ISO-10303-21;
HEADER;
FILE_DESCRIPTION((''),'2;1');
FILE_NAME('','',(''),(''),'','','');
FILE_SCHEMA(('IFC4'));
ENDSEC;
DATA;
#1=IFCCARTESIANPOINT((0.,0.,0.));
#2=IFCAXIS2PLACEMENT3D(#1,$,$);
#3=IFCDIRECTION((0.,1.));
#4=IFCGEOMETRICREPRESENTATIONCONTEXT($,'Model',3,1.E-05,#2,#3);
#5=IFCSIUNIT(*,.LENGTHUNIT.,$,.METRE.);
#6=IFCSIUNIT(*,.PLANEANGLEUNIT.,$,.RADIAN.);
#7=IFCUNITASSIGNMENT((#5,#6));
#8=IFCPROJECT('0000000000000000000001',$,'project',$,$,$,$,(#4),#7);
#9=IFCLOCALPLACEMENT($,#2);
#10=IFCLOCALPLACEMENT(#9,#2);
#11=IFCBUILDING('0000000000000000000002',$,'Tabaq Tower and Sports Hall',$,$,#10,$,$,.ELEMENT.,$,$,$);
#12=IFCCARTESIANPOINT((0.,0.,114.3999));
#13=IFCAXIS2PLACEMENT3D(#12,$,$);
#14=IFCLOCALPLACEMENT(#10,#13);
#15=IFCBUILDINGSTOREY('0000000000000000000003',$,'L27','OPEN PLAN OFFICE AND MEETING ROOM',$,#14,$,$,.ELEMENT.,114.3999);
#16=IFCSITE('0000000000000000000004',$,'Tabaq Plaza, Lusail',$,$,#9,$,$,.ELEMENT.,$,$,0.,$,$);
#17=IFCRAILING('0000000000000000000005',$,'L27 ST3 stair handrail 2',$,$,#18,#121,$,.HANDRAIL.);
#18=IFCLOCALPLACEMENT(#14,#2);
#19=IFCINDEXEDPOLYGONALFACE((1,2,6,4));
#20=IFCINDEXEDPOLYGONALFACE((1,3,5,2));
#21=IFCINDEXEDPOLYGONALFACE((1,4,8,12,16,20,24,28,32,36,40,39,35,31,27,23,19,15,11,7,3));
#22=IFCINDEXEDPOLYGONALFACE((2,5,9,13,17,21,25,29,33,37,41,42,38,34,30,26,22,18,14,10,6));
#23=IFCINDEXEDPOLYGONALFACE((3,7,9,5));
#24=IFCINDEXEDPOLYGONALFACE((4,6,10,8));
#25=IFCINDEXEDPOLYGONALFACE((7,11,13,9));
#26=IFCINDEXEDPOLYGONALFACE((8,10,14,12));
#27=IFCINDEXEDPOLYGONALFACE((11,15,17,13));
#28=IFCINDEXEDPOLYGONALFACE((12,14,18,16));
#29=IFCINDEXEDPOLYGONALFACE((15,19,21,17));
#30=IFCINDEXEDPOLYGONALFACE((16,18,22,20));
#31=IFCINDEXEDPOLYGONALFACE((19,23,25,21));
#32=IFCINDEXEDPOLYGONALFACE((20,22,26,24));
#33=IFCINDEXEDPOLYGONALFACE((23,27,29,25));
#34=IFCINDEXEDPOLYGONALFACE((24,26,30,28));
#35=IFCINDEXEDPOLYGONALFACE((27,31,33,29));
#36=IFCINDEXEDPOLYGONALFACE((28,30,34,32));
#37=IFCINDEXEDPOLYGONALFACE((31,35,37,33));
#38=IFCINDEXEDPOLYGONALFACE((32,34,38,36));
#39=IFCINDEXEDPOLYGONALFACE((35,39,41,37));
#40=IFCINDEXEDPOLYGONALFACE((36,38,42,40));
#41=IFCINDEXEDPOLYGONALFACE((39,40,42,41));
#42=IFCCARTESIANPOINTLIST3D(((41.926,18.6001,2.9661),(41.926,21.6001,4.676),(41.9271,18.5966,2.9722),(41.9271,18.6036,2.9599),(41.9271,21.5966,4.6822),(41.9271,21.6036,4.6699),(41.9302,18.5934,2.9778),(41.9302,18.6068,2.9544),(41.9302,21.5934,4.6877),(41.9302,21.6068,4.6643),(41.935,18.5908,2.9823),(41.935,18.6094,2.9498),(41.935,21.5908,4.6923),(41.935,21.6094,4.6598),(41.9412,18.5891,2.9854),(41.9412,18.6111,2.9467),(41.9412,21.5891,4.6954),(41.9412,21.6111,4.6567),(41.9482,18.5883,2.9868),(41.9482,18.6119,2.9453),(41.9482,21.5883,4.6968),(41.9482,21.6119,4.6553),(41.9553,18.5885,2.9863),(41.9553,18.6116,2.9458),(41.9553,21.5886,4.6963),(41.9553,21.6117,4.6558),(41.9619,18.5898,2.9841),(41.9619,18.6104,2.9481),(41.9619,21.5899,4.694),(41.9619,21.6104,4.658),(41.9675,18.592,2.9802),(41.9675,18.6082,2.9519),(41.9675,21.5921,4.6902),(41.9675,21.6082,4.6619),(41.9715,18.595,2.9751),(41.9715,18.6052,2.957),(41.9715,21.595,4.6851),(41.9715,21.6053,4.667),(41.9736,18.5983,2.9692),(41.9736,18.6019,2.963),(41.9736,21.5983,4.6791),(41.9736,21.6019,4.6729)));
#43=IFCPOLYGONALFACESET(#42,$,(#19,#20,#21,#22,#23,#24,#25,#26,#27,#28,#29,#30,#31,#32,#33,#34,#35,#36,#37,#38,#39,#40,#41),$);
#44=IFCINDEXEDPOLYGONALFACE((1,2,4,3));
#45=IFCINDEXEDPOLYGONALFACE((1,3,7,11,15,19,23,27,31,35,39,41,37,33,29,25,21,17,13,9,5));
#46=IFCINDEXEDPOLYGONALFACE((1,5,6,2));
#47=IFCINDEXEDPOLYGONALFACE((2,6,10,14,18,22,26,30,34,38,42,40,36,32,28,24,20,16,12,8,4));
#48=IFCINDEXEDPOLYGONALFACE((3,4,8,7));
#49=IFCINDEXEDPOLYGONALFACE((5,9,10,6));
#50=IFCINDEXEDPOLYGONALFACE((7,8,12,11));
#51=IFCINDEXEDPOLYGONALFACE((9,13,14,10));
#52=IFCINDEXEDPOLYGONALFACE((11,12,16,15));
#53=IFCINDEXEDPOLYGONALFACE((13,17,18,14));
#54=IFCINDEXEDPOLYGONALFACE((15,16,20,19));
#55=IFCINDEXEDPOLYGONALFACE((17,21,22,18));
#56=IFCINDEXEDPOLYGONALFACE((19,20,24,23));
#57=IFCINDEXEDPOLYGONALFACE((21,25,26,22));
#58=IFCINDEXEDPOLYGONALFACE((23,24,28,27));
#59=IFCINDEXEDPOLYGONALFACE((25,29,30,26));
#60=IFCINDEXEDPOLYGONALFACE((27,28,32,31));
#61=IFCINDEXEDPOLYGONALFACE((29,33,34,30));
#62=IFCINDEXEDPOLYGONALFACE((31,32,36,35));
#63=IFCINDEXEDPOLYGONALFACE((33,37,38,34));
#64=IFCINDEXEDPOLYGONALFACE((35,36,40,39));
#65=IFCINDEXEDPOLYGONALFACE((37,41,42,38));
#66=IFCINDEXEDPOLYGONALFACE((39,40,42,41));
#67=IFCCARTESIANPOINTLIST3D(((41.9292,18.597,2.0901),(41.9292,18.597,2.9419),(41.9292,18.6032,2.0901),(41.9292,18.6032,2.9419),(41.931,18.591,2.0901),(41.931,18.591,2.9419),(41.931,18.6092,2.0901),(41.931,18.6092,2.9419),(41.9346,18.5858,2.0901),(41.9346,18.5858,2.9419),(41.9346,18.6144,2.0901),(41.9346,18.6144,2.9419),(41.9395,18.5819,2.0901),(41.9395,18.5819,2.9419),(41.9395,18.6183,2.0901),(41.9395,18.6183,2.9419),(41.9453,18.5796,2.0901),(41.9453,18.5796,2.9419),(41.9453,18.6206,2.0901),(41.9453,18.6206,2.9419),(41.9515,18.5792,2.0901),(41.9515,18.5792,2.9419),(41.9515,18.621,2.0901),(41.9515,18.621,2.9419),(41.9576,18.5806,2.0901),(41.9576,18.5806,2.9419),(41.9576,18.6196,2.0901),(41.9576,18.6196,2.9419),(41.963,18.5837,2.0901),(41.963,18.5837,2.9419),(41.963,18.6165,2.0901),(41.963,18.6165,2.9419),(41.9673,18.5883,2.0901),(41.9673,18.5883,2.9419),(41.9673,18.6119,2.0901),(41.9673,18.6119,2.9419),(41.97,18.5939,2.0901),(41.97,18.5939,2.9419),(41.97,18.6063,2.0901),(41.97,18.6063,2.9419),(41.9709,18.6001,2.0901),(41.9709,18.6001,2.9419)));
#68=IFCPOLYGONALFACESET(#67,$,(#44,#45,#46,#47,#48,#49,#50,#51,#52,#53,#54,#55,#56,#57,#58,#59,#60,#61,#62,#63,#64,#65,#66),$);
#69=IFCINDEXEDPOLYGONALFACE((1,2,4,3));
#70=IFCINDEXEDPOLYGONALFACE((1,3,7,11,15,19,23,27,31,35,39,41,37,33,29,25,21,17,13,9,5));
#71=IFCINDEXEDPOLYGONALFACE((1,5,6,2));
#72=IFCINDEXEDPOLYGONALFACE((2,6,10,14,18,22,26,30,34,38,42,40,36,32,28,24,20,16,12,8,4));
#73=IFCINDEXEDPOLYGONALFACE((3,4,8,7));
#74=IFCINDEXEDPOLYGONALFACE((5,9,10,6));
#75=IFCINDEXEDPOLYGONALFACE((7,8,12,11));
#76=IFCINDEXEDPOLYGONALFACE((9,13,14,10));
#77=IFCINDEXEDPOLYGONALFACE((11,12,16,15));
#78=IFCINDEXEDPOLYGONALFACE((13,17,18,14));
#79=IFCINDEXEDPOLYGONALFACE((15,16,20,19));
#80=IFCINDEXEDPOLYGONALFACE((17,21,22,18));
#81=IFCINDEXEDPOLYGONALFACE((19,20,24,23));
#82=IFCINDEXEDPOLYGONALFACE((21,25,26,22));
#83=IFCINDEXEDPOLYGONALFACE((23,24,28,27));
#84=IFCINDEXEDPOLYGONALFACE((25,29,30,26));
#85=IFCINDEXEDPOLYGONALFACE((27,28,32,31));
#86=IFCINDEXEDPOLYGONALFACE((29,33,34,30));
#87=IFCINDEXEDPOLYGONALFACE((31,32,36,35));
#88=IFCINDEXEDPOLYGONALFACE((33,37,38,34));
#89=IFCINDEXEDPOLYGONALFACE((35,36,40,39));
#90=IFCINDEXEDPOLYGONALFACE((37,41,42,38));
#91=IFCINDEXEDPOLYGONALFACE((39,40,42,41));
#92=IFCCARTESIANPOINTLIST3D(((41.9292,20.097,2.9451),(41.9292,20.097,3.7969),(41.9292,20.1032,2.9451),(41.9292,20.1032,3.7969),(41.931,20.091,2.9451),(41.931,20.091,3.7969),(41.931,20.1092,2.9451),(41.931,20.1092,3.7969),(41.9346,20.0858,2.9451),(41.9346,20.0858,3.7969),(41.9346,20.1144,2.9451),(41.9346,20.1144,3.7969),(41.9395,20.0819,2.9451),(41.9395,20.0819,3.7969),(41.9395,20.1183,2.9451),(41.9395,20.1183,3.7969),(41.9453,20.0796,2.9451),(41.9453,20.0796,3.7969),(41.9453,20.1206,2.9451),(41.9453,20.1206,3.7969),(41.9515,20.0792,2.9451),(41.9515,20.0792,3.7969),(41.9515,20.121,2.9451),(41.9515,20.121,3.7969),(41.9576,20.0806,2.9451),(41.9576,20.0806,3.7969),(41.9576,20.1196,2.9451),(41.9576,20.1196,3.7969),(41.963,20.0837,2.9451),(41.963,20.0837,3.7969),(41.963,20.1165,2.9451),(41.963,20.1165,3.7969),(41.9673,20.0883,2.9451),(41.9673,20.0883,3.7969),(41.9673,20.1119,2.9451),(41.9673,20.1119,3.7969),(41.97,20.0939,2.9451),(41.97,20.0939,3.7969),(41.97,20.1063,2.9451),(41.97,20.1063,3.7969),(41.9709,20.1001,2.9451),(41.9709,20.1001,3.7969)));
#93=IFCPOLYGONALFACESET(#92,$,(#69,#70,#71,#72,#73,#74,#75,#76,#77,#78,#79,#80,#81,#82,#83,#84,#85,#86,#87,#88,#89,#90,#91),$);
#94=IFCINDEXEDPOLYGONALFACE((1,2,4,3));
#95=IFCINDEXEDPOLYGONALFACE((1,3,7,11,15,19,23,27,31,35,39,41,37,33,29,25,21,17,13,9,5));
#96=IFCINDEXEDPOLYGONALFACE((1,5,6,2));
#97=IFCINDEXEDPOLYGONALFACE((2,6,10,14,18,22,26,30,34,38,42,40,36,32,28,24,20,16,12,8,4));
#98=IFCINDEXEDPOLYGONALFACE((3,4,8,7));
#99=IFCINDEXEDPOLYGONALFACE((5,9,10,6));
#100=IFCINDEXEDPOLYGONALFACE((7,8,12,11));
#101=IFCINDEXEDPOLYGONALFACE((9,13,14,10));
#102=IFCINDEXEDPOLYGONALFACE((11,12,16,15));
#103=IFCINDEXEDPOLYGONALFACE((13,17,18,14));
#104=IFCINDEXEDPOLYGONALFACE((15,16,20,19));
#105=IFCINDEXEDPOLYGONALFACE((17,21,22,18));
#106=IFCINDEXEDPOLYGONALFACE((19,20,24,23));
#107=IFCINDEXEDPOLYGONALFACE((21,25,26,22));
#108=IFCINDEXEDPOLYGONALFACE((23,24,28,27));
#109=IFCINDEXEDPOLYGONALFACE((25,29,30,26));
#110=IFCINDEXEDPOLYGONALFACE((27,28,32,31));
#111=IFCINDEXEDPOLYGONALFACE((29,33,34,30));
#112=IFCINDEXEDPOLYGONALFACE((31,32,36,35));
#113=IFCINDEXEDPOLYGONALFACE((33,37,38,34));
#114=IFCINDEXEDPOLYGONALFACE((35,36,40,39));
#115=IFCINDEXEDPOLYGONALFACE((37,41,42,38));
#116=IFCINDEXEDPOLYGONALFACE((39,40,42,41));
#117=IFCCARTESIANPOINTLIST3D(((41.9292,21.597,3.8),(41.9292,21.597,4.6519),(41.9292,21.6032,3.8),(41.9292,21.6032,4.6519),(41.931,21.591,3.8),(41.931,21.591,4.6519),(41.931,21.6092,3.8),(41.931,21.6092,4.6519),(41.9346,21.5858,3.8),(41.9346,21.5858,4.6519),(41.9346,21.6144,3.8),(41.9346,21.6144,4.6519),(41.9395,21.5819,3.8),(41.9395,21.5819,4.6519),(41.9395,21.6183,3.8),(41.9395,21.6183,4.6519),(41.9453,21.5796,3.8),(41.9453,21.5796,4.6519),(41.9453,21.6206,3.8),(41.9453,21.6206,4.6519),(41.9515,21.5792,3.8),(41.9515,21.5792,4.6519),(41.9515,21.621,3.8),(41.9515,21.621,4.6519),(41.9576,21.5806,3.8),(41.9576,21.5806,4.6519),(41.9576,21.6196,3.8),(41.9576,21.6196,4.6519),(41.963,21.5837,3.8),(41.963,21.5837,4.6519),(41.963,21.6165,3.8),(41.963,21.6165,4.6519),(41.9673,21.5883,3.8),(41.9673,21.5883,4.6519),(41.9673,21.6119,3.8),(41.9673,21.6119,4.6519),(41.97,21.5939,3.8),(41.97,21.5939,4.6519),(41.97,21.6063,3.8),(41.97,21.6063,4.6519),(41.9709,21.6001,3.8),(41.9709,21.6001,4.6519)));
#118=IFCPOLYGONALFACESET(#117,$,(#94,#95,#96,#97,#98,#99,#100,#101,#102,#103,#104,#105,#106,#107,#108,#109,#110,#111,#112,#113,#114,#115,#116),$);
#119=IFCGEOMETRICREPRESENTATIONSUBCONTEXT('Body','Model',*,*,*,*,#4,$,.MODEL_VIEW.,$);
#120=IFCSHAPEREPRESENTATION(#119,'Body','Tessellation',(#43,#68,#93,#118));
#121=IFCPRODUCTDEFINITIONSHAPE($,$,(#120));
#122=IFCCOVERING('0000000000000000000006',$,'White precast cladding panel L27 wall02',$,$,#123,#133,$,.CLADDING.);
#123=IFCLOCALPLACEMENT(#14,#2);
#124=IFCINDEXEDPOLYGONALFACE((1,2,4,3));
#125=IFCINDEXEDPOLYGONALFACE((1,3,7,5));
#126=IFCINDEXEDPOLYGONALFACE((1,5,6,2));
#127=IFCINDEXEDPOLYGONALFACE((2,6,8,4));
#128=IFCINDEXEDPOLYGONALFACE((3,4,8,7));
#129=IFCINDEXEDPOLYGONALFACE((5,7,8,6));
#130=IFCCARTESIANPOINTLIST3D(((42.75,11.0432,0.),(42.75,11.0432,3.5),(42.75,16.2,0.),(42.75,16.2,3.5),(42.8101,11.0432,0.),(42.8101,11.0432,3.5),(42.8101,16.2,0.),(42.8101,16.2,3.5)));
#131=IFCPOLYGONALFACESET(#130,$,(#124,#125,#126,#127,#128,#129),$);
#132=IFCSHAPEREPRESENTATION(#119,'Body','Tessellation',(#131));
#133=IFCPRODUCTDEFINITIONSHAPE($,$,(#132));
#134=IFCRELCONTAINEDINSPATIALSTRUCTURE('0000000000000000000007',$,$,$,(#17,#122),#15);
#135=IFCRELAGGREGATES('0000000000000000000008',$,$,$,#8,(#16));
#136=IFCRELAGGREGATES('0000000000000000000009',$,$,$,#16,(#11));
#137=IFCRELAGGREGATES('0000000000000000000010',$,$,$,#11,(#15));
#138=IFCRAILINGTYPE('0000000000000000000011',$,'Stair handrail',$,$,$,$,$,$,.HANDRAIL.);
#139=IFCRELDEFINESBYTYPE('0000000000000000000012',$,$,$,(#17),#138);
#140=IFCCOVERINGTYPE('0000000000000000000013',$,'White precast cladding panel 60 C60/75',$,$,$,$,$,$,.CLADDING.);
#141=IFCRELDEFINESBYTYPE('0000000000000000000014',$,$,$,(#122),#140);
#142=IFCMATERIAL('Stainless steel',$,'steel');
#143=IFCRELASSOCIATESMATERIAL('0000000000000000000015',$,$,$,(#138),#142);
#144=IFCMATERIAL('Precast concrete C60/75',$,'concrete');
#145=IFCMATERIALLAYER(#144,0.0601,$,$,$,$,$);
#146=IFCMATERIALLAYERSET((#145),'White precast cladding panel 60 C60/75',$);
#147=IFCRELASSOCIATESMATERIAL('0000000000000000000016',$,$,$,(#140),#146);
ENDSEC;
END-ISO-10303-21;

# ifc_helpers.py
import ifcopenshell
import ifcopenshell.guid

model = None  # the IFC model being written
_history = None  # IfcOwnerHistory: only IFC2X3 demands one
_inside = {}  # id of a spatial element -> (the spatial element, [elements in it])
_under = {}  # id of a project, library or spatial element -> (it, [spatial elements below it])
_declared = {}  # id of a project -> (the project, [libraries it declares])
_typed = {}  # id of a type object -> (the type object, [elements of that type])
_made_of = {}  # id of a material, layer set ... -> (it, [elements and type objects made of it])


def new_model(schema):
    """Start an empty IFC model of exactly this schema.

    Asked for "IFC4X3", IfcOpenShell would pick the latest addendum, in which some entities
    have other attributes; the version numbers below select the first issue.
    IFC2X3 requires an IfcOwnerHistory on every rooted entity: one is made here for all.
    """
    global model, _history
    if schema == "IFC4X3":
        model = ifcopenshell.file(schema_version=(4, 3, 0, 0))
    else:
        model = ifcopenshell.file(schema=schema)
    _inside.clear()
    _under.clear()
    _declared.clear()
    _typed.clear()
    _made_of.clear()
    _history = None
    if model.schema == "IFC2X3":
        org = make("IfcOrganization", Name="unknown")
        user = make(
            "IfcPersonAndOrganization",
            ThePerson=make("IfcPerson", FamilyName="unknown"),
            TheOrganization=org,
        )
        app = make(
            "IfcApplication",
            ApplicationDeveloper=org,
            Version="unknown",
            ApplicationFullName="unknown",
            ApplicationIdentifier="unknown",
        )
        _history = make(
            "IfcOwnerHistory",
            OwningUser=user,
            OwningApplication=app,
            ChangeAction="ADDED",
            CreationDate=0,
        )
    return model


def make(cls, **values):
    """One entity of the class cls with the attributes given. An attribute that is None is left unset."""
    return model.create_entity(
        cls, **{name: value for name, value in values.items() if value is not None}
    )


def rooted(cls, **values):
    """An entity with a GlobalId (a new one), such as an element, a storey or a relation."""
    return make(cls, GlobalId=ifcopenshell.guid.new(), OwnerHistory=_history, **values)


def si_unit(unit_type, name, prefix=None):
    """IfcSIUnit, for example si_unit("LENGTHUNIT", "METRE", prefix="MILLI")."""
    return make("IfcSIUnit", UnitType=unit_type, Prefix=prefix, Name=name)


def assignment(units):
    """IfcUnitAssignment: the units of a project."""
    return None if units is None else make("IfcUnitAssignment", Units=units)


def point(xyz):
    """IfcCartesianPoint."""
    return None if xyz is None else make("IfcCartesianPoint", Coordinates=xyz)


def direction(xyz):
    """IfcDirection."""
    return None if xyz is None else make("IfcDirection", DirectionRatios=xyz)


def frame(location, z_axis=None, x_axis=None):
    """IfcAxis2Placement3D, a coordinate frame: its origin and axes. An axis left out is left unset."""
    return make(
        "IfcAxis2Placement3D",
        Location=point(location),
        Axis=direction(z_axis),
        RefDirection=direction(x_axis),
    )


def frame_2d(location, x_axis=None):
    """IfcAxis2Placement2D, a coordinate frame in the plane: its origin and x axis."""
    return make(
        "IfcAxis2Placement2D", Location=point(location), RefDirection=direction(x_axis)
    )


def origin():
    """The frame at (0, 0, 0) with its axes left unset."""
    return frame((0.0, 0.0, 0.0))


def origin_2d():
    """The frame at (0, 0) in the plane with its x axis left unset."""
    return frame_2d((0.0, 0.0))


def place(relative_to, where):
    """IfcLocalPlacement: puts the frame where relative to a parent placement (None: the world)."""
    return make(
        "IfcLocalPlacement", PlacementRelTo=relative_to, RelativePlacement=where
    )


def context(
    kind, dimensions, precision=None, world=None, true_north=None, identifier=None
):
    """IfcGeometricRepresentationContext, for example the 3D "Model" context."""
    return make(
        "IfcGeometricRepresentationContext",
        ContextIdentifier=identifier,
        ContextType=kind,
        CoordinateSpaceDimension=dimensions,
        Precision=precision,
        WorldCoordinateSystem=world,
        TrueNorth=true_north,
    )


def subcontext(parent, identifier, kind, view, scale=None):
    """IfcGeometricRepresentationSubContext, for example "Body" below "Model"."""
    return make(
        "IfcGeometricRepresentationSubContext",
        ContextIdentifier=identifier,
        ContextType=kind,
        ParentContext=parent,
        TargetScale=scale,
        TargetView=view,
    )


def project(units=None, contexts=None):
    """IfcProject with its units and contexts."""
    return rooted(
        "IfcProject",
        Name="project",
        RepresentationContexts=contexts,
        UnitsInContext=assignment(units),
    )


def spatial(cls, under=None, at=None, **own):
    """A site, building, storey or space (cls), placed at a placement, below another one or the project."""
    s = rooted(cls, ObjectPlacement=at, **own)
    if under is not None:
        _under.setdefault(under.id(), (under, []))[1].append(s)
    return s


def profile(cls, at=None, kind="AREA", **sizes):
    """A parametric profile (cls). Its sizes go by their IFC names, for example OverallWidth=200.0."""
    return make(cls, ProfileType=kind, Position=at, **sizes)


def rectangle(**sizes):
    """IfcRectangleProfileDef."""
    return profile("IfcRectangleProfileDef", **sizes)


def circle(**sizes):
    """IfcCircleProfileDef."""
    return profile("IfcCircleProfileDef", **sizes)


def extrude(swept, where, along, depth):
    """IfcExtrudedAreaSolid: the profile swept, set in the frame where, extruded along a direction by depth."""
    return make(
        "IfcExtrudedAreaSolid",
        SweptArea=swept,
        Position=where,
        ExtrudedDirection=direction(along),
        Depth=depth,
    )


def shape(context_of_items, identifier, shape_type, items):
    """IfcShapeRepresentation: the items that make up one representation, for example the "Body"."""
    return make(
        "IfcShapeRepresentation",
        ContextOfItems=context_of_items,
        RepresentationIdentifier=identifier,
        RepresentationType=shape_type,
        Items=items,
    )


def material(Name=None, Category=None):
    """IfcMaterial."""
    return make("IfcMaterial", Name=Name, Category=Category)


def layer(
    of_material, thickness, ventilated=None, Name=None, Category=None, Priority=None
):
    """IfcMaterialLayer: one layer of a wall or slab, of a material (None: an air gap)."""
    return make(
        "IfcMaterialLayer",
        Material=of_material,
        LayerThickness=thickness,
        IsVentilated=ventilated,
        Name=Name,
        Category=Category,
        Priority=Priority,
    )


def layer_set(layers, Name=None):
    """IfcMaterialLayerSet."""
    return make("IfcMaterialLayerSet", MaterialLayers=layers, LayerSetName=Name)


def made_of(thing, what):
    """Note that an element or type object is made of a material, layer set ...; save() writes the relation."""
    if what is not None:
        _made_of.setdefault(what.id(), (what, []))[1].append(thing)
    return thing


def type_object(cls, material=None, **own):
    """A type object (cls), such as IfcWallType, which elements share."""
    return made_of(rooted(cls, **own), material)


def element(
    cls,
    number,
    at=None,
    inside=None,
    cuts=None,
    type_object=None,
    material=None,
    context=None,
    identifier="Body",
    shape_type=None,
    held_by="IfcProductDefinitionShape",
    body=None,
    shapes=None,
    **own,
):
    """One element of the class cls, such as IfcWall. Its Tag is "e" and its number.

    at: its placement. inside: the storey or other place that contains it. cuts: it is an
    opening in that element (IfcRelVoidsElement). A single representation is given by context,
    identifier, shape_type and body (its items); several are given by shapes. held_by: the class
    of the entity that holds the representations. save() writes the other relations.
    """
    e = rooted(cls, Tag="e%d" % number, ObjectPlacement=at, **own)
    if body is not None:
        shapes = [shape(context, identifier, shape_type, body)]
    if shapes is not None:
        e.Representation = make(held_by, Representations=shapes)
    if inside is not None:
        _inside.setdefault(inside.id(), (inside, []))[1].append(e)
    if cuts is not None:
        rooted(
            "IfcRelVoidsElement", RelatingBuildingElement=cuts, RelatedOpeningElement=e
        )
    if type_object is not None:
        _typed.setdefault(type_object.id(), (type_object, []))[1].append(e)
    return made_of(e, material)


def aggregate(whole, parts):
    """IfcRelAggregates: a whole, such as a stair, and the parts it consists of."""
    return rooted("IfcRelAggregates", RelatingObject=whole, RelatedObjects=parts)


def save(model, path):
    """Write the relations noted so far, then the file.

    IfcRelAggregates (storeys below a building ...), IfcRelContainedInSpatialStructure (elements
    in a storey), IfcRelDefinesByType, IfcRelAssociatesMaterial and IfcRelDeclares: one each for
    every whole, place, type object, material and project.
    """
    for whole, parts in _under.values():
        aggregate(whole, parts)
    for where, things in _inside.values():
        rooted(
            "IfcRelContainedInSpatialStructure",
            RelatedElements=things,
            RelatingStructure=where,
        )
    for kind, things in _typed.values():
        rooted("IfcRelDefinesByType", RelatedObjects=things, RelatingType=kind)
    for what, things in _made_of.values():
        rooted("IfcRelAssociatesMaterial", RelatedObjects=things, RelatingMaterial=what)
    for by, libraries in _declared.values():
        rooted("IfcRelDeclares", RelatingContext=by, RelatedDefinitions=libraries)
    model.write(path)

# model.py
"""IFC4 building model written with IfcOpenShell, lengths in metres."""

from ifc_helpers import new_model, si_unit, direction, frame, frame_2d, origin, origin_2d, place, context, subcontext, project, spatial, rectangle, circle, extrude, material, layer, layer_set, type_object, element, save


model = new_model("IFC4")

# Units and contexts
model_context = context("Model", 3, precision=1e-05, world=origin(), true_north=direction((0.0, 1.0)))
body_context = subcontext(model_context, "Body", "Model", "MODEL_VIEW")
ifc_project = project(units=[si_unit("LENGTHUNIT", "METRE"), si_unit("PLANEANGLEUNIT", "RADIAN")], contexts=[model_context])

# Site, building, storey
site_placement = place(None, origin())
site = spatial("IfcSite", under=ifc_project, at=site_placement, Name="Tabaq Plaza, Lusail", CompositionType="ELEMENT", RefElevation=0.0)
building_placement = place(site_placement, origin())
building = spatial("IfcBuilding", under=site, at=building_placement, Name="Tabaq Tower and Sports Hall", CompositionType="ELEMENT")
storey_placement = place(building_placement, frame((0.0, 0.0, 114.3999)))
storey = spatial("IfcBuildingStorey", under=building, at=storey_placement, Name="L27", Description="OPEN PLAN OFFICE AND MEETING ROOM", CompositionType="ELEMENT", Elevation=114.3999)

# Railing
ifc_material_1 = material(Name="Stainless steel", Category="steel")
railing_type_1 = type_object("IfcRailingType", Name="Stair handrail", PredefinedType="HANDRAIL", material=ifc_material_1)
railing_1_placement = place(storey_placement, frame((41.95, 18.6001, 2.0901)))
element("IfcRailing", 1, at=railing_1_placement, inside=storey, type_object=railing_type_1, Name="L27 ST3 stair handrail 2", PredefinedType="HANDRAIL", context=body_context, shape_type="SweptSolid", body=[
    extrude(circle(Radius=0.0239, at=origin_2d()), frame((0.0, 0.0, 0.876), z_axis=(0.0, 0.868782, 0.495195), x_axis=(-1.0, 0.0, 0.0)), (0.0, 0.0, 1.0), 3.4531),
    extrude(circle(Radius=0.021, at=origin_2d()), origin(), (0.0, 0.0, 1.0), 0.8518),
    extrude(circle(Radius=0.021, at=origin_2d()), frame((0.0, 1.5, 0.855)), (0.0, 0.0, 1.0), 0.8518),
    extrude(circle(Radius=0.021, at=origin_2d()), frame((0.0, 3.0, 1.71)), (0.0, 0.0, 1.0), 0.8518),
])

# Covering
ifc_material_2 = material(Name="Precast concrete C60/75", Category="concrete")
ifc_layer_1 = layer(ifc_material_2, 0.0601)
ifc_layer_set_1 = layer_set([ifc_layer_1], Name="White precast cladding panel 60 C60/75")
covering_type = type_object("IfcCoveringType", Name="White precast cladding panel 60 C60/75", PredefinedType="CLADDING", material=ifc_layer_set_1)
covering_placement = place(storey_placement, frame((42.78, 11.0432, 0.0), z_axis=(0.0, 0.0, 1.0), x_axis=(0.0, 1.0, 0.0)))
element("IfcCovering", 2, at=covering_placement, inside=storey, type_object=covering_type, Name="White precast cladding panel L27 wall02", PredefinedType="CLADDING", context=body_context, shape_type="SweptSolid", body=[
    extrude(rectangle(XDim=5.1567, YDim=0.0601, at=frame_2d((2.5784, 0.0))), origin(), (0.0, 0.0, 1.0), 3.5),
])

save(model, "model.ifc")
